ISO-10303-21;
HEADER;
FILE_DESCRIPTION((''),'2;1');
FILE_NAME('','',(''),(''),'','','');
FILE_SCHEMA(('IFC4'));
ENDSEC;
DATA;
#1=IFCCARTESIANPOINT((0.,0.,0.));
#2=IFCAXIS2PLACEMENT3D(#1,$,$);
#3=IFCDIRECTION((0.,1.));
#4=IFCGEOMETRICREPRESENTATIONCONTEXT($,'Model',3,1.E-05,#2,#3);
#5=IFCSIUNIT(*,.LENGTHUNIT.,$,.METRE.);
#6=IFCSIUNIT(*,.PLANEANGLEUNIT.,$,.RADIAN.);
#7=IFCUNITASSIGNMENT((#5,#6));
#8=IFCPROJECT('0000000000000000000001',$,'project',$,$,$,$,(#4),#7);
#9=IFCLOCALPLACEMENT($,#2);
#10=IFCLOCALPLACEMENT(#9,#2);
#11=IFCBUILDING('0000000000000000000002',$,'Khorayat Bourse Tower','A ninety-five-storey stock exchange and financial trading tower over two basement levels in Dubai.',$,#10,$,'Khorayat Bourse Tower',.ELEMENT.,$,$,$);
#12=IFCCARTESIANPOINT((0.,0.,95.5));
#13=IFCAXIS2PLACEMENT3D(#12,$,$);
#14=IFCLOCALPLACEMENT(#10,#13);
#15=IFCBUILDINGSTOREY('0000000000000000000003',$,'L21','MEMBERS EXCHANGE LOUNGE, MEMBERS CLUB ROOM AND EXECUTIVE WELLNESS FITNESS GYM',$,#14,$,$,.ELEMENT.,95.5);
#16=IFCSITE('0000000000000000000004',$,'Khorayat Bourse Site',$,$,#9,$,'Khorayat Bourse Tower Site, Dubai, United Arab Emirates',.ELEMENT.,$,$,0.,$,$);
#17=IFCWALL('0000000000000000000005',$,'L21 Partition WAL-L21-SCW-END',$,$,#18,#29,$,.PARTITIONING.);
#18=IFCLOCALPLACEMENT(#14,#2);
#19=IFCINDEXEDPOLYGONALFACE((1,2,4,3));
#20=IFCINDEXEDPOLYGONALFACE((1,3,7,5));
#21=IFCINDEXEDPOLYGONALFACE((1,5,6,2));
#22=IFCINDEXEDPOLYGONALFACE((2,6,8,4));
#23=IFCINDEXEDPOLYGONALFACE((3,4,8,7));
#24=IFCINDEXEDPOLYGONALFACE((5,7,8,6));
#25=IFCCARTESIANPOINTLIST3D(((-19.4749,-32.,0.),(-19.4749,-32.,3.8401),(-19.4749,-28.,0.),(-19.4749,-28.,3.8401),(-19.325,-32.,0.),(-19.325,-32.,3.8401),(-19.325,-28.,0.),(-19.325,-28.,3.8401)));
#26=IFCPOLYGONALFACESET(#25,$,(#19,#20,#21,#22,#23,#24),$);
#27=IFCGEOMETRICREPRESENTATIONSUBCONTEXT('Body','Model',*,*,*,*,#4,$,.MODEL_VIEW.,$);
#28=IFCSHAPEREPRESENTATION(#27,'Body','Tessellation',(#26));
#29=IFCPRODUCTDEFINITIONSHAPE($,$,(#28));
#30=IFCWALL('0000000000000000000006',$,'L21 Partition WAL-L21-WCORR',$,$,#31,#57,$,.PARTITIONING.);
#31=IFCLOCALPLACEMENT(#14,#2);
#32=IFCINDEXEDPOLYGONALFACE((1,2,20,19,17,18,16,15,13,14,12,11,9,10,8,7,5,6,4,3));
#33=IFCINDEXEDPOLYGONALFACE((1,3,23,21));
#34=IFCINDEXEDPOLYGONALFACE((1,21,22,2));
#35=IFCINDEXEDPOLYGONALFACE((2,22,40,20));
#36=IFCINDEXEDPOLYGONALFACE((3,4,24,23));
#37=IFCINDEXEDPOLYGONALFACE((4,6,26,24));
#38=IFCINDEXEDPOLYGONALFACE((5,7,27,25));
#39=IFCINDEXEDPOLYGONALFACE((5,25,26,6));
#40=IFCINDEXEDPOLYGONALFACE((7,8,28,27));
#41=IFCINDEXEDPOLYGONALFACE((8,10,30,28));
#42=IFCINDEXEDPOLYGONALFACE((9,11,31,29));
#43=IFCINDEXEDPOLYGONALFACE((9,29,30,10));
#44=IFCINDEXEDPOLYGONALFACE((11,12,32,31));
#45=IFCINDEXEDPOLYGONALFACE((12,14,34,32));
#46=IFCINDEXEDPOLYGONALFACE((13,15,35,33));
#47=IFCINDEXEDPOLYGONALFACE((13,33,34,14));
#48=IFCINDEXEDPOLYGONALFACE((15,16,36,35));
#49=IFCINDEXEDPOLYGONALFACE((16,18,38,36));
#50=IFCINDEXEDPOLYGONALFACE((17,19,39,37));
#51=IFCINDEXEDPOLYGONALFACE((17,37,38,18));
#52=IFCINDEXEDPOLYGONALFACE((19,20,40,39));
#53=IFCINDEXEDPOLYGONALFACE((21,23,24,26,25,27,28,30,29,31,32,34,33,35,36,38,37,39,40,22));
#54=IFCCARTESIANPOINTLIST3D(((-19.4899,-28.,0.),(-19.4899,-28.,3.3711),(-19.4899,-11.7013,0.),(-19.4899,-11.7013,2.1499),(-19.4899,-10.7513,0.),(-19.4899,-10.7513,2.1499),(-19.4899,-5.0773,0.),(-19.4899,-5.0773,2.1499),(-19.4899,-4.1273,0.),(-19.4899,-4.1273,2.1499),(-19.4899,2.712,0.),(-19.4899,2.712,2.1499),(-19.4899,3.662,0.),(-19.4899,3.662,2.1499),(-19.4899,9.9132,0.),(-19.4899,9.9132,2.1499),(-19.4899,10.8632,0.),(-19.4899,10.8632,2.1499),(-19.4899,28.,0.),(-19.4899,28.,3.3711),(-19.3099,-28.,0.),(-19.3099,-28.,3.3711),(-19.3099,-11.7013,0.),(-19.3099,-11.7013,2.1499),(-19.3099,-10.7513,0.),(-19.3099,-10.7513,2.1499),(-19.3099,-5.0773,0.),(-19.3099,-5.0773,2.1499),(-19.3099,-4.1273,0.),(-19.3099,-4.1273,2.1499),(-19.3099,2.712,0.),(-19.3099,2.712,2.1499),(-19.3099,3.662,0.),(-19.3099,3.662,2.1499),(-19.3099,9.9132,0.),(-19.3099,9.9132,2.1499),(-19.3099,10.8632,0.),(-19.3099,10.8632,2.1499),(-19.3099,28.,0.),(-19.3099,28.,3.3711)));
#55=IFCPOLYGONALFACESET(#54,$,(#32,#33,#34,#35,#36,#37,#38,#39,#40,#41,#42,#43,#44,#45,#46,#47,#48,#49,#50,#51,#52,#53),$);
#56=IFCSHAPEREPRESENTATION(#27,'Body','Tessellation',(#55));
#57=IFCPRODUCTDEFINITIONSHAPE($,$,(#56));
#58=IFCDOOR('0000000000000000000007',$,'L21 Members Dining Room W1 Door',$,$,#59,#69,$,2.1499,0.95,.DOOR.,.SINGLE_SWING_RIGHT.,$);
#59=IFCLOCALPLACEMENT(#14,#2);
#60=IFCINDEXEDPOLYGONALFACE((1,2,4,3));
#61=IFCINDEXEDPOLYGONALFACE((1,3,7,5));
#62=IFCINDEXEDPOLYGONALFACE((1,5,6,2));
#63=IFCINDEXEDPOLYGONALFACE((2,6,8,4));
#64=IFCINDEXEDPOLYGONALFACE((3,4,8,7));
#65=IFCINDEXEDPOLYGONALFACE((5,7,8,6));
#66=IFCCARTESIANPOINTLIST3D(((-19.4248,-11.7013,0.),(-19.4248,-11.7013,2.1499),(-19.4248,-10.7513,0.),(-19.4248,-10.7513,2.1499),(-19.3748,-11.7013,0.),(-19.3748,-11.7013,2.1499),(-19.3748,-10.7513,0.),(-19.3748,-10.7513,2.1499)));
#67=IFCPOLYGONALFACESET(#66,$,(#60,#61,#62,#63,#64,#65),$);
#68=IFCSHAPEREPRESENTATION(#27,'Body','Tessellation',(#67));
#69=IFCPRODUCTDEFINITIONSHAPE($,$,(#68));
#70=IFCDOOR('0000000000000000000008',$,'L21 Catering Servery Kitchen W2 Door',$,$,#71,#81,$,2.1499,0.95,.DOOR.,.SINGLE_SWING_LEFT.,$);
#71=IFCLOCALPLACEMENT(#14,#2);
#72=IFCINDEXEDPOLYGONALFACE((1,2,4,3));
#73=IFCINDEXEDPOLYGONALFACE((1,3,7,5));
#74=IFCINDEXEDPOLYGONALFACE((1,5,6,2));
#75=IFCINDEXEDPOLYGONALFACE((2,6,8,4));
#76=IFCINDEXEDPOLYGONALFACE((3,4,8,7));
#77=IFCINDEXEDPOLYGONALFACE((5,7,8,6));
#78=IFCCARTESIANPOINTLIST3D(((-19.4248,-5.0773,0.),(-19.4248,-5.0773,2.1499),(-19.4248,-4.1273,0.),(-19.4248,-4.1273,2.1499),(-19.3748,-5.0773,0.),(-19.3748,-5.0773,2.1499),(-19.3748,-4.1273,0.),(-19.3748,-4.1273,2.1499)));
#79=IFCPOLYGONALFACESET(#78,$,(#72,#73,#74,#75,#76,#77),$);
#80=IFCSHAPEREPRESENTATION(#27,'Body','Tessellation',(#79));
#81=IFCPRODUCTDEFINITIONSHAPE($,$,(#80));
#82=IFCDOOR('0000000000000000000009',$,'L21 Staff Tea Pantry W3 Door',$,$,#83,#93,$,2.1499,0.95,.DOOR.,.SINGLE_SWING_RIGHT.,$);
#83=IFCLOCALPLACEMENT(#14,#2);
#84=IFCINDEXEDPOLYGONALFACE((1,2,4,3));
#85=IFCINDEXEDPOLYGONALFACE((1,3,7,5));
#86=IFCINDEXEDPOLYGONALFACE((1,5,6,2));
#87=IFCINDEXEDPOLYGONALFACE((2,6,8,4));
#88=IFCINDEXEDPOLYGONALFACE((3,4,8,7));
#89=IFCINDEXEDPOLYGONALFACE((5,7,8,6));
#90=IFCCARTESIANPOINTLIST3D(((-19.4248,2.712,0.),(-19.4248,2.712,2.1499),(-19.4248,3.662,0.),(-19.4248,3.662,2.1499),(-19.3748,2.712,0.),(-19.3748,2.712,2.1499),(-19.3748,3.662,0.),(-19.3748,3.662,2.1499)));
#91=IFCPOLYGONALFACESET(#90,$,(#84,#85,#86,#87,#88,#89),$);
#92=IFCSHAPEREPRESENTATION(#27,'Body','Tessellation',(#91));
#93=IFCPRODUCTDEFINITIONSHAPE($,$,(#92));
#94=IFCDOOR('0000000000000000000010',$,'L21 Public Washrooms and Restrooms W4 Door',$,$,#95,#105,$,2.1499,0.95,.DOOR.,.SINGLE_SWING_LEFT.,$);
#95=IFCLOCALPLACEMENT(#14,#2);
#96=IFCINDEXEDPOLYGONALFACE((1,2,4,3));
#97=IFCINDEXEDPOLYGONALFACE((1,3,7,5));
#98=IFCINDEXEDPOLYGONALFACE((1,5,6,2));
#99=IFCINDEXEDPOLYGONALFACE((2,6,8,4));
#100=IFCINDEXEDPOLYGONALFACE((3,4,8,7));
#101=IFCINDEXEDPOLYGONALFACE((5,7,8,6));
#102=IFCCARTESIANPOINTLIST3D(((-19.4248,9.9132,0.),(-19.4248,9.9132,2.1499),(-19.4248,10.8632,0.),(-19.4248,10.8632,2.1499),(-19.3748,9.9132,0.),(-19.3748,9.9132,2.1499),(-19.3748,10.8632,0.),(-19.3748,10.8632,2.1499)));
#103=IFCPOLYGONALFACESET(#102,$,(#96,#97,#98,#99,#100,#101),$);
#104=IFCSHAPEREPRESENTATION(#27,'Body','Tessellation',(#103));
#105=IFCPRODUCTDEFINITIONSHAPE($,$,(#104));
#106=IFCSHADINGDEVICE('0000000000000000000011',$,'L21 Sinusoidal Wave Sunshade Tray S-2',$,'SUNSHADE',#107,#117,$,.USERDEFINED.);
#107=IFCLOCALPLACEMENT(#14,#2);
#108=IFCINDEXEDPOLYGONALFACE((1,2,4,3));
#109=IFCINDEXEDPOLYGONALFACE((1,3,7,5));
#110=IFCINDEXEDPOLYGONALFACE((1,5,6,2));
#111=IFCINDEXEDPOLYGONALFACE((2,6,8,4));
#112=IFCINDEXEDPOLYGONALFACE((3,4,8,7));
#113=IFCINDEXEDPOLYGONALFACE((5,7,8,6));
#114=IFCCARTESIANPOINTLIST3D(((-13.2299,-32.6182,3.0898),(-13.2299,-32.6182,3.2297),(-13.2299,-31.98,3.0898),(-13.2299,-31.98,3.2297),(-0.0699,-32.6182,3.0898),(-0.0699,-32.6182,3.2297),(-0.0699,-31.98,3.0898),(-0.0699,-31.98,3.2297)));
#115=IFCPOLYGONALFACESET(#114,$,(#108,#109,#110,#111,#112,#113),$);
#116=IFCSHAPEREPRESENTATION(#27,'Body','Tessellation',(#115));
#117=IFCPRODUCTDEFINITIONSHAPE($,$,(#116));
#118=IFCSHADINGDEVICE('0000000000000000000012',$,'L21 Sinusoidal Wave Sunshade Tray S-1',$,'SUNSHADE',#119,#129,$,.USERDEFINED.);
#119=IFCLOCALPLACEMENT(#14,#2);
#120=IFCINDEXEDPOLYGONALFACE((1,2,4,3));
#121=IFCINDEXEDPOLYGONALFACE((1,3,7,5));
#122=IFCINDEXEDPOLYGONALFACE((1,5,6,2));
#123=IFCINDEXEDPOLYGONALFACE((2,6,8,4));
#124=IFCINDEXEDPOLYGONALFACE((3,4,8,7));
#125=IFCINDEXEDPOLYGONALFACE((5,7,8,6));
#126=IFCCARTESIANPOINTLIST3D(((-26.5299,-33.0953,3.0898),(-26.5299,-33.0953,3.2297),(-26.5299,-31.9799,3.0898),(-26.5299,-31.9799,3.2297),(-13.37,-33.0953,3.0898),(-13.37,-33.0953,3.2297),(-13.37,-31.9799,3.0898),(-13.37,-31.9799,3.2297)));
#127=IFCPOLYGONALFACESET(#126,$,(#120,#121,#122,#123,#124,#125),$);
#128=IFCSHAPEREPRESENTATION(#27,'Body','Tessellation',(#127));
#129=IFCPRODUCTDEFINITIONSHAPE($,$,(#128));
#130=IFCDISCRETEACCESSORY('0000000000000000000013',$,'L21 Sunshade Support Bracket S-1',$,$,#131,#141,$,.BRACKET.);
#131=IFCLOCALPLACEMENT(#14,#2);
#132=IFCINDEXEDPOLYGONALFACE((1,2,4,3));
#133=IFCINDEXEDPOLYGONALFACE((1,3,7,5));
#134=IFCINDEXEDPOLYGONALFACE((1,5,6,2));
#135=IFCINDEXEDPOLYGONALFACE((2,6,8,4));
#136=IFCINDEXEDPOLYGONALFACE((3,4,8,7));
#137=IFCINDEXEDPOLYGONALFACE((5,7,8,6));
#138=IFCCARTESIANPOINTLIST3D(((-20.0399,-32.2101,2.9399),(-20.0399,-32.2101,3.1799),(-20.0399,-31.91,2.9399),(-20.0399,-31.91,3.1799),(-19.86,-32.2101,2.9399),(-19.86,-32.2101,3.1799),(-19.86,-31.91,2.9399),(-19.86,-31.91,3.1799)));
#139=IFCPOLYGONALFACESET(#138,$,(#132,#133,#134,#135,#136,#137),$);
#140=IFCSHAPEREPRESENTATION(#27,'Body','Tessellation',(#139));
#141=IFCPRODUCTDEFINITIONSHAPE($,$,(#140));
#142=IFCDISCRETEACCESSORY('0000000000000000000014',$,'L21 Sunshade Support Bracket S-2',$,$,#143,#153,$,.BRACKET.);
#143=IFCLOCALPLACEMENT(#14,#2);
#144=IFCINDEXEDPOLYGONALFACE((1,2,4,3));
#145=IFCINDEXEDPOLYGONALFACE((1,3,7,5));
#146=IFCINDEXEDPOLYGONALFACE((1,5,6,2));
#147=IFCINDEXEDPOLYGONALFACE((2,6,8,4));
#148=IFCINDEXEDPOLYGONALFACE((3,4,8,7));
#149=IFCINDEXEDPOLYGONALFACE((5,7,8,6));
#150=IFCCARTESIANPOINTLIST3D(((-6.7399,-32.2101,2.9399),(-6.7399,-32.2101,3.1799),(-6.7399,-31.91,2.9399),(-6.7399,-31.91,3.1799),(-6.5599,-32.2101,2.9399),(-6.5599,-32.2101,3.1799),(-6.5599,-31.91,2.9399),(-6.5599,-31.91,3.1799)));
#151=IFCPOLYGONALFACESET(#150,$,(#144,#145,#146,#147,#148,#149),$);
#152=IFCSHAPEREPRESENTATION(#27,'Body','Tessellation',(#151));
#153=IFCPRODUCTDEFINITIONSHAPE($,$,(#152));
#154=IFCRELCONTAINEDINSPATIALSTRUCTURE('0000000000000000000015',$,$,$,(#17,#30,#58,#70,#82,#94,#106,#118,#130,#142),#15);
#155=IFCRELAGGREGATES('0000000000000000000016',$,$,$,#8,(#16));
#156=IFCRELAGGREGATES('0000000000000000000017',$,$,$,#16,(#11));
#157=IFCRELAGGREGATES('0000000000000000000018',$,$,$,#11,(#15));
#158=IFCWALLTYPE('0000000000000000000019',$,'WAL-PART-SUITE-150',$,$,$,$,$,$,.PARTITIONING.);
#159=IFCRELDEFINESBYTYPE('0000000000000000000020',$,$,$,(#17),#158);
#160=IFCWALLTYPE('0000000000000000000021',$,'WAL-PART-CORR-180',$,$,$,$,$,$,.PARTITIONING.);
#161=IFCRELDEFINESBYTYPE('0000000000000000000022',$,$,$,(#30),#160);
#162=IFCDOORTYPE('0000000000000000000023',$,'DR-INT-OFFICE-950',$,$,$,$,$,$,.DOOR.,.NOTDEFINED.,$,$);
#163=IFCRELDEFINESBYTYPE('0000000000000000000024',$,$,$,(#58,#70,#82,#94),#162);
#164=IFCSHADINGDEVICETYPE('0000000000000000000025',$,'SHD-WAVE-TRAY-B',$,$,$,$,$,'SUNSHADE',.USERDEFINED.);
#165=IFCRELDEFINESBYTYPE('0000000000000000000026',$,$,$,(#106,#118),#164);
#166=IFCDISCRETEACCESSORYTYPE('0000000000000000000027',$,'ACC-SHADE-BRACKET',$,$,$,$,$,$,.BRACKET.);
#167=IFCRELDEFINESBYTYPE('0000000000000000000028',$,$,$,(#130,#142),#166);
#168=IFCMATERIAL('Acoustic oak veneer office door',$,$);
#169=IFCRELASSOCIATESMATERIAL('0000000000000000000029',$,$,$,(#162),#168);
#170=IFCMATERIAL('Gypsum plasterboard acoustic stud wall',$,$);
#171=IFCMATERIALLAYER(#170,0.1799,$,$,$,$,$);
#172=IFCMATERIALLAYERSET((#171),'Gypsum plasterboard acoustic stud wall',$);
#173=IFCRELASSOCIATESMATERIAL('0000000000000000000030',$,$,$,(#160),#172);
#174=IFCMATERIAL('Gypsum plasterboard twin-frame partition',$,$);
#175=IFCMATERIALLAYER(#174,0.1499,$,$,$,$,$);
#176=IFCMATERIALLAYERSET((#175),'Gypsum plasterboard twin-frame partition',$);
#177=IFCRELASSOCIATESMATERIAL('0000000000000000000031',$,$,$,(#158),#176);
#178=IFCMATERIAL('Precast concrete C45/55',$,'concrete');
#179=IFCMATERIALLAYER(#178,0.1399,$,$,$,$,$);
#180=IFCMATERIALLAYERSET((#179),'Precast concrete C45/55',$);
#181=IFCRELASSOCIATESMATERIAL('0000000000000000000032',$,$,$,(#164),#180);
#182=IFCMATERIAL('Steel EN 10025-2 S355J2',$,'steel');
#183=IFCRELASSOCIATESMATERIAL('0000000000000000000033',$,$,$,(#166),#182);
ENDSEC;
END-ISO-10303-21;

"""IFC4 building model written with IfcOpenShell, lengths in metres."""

from ifc_helpers import new_model, si_unit, direction, frame, frame_2d, origin, origin_2d, place, context, subcontext, project, spatial, rectangle, extrude, source, transform, mapped, material, layer, layer_set, type_object, element, fill, save


model = new_model("IFC4")

# Units and contexts
model_context = context("Model", 3, precision=1e-05, world=origin(), true_north=direction((0.0, 1.0)))
body_context = subcontext(model_context, "Body", "Model", "MODEL_VIEW")
ifc_project = project(units=[si_unit("LENGTHUNIT", "METRE"), si_unit("PLANEANGLEUNIT", "RADIAN")], contexts=[model_context])

# Site, building, storey
site_placement = place(None, origin())
site = spatial("IfcSite", under=ifc_project, at=site_placement, Name="Khorayat Bourse Site", LongName="Khorayat Bourse Tower Site, Dubai, United Arab Emirates", CompositionType="ELEMENT", RefElevation=0.0)
building_placement = place(site_placement, origin())
building = spatial("IfcBuilding", under=site, at=building_placement, Name="Khorayat Bourse Tower", Description="A ninety-five-storey stock exchange and financial trading tower over two basement levels in Dubai.", LongName="Khorayat Bourse Tower", CompositionType="ELEMENT")
storey_placement = place(building_placement, frame((0.0, 0.0, 95.5)))
storey = spatial("IfcBuildingStorey", under=building, at=storey_placement, Name="L21", Description="MEMBERS EXCHANGE LOUNGE, MEMBERS CLUB ROOM AND EXECUTIVE WELLNESS FITNESS GYM", CompositionType="ELEMENT", Elevation=95.5)

# Shared definitions
ifc_material_1 = material(Name="Steel EN 10025-2 S355J2", Category="steel")

# Shared definitions
ifc_material_2 = material(Name="Acoustic oak veneer office door")
door_type_1 = type_object("IfcDoorType", Name="DR-INT-OFFICE-950", OperationType="NOTDEFINED", PredefinedType="DOOR", material=ifc_material_2)
shared_shape_1 = source(origin(), body_context, "Body", "SweptSolid", [
    extrude(rectangle(XDim=0.95, YDim=2.1499, at=frame_2d((0.4751, 1.075))), frame((0.0, 0.0249, 0.0), z_axis=(0.0, -1.0, 0.0), x_axis=(1.0, 0.0, 0.0)), (0.0, 0.0, 1.0), 0.05),
])
ifc_material_3 = material(Name="Gypsum plasterboard acoustic stud wall")
ifc_layer_1 = layer(ifc_material_3, 0.1799)
ifc_layer_set_1 = layer_set([ifc_layer_1], Name="Gypsum plasterboard acoustic stud wall")
wall_type_1 = type_object("IfcWallType", Name="WAL-PART-CORR-180", PredefinedType="PARTITIONING", material=ifc_layer_set_1)

# Wall
ifc_material_4 = material(Name="Gypsum plasterboard twin-frame partition")
ifc_layer_2 = layer(ifc_material_4, 0.1499)
ifc_layer_set_2 = layer_set([ifc_layer_2], Name="Gypsum plasterboard twin-frame partition")
wall_type_2 = type_object("IfcWallType", Name="WAL-PART-SUITE-150", PredefinedType="PARTITIONING", material=ifc_layer_set_2)
shared_shape_2 = source(origin(), body_context, "Body", "SweptSolid", [
    extrude(rectangle(XDim=4.0, YDim=0.1499, at=frame_2d((2.0, 0.0))), origin(), (0.0, 0.0, 1.0), 3.8401),
])
wall_1_placement = place(storey_placement, frame((-19.3999, -32.0, 0.0), z_axis=(0.0, 0.0, 1.0), x_axis=(0.0, 1.0, 0.0)))
element("IfcWall", 1, at=wall_1_placement, inside=storey, type_object=wall_type_2, Name="L21 Partition WAL-L21-SCW-END", PredefinedType="PARTITIONING", context=body_context, shape_type="MappedRepresentation", body=[
    mapped(shared_shape_2, transform((0.0, 0.0, 0.0), scale=1.0)),
])

# Wall, openings, doors
shared_shape_3 = source(origin(), body_context, "Body", "SweptSolid", [
    extrude(rectangle(XDim=56.0, YDim=0.1799, at=frame_2d((28.0, 0.0))), origin(), (0.0, 0.0, 1.0), 3.3711),
])
wall_2_placement = place(storey_placement, frame((-19.3999, -28.0, 0.0), z_axis=(0.0, 0.0, 1.0), x_axis=(0.0, 1.0, 0.0)))
wall_2 = element("IfcWall", 2, at=wall_2_placement, inside=storey, type_object=wall_type_1, Name="L21 Partition WAL-L21-WCORR", PredefinedType="PARTITIONING", context=body_context, shape_type="MappedRepresentation", body=[
    mapped(shared_shape_3, transform((0.0, 0.0, 0.0), scale=1.0)),
])
shared_shape_4 = source(origin(), body_context, "Body", "SweptSolid", [
    extrude(rectangle(XDim=0.95, YDim=2.1499, at=frame_2d((0.4751, 1.075))), frame((0.0, 0.0999, 0.0), z_axis=(0.0, -1.0, 0.0), x_axis=(1.0, 0.0, 0.0)), (0.0, 0.0, 1.0), 0.2),
])
opening_1_placement = place(wall_2_placement, frame((16.2986, 0.0, 0.0)))
opening_1 = element("IfcOpeningElement", 3, at=opening_1_placement, cuts=wall_2, PredefinedType="OPENING", context=body_context, shape_type="MappedRepresentation", body=[
    mapped(shared_shape_4, transform((0.0, 0.0, 0.0), scale=1.0)),
])
opening_2_placement = place(wall_2_placement, frame((22.9226, 0.0, 0.0)))
opening_2 = element("IfcOpeningElement", 4, at=opening_2_placement, cuts=wall_2, PredefinedType="OPENING", context=body_context, shape_type="MappedRepresentation", body=[
    mapped(shared_shape_4, transform((0.0, 0.0, 0.0), scale=1.0)),
])
opening_3_placement = place(wall_2_placement, frame((30.7119, 0.0, 0.0)))
opening_3 = element("IfcOpeningElement", 5, at=opening_3_placement, cuts=wall_2, PredefinedType="OPENING", context=body_context, shape_type="MappedRepresentation", body=[
    mapped(shared_shape_4, transform((0.0, 0.0, 0.0), scale=1.0)),
])
opening_4_placement = place(wall_2_placement, frame((37.9131, 0.0, 0.0)))
opening_4 = element("IfcOpeningElement", 6, at=opening_4_placement, cuts=wall_2, PredefinedType="OPENING", context=body_context, shape_type="MappedRepresentation", body=[
    mapped(shared_shape_4, transform((0.0, 0.0, 0.0), scale=1.0)),
])
door_1_placement = place(opening_1_placement, origin())
door_1 = element("IfcDoor", 7, at=door_1_placement, inside=storey, type_object=door_type_1, Name="L21 Members Dining Room W1 Door", OperationType="SINGLE_SWING_RIGHT", OverallHeight=2.1499, OverallWidth=0.95, PredefinedType="DOOR", context=body_context, shape_type="MappedRepresentation", body=[
    mapped(shared_shape_1, transform((0.0, 0.0, 0.0), scale=1.0)),
])
fill(opening_1, door_1)
door_2_placement = place(opening_2_placement, origin())
door_2 = element("IfcDoor", 8, at=door_2_placement, inside=storey, type_object=door_type_1, Name="L21 Catering Servery Kitchen W2 Door", OperationType="SINGLE_SWING_LEFT", OverallHeight=2.1499, OverallWidth=0.95, PredefinedType="DOOR", context=body_context, shape_type="MappedRepresentation", body=[
    mapped(shared_shape_1, transform((0.0, 0.0, 0.0), scale=1.0)),
])
fill(opening_2, door_2)
door_3_placement = place(opening_3_placement, origin())
door_3 = element("IfcDoor", 9, at=door_3_placement, inside=storey, type_object=door_type_1, Name="L21 Staff Tea Pantry W3 Door", OperationType="SINGLE_SWING_RIGHT", OverallHeight=2.1499, OverallWidth=0.95, PredefinedType="DOOR", context=body_context, shape_type="MappedRepresentation", body=[
    mapped(shared_shape_1, transform((0.0, 0.0, 0.0), scale=1.0)),
])
fill(opening_3, door_3)
door_4_placement = place(opening_4_placement, origin())
door_4 = element("IfcDoor", 10, at=door_4_placement, inside=storey, type_object=door_type_1, Name="L21 Public Washrooms and Restrooms W4 Door", OperationType="SINGLE_SWING_LEFT", OverallHeight=2.1499, OverallWidth=0.95, PredefinedType="DOOR", context=body_context, shape_type="MappedRepresentation", body=[
    mapped(shared_shape_1, transform((0.0, 0.0, 0.0), scale=1.0)),
])
fill(opening_4, door_4)

# Shading devices
ifc_material_5 = material(Name="Precast concrete C45/55", Category="concrete")
ifc_layer_3 = layer(ifc_material_5, 0.1399)
ifc_layer_set_3 = layer_set([ifc_layer_3], Name="Precast concrete C45/55")
shading_device_type = type_object("IfcShadingDeviceType", Name="SHD-WAVE-TRAY-B", ElementType="SUNSHADE", PredefinedType="USERDEFINED", material=ifc_layer_set_3)
shared_shape_5 = source(origin(), body_context, "Body", "SweptSolid", [
    extrude(rectangle(XDim=13.1599, YDim=0.6382, at=origin_2d()), origin(), (0.0, 0.0, 1.0), 0.1399),
])
shading_device_1_placement = place(storey_placement, frame((-6.6499, -32.2991, 3.0898), z_axis=(0.0, 0.0, 1.0), x_axis=(1.0, 0.0, 0.0)))
element("IfcShadingDevice", 11, at=shading_device_1_placement, inside=storey, type_object=shading_device_type, Name="L21 Sinusoidal Wave Sunshade Tray S-2", ObjectType="SUNSHADE", PredefinedType="USERDEFINED", context=body_context, shape_type="MappedRepresentation", body=[
    mapped(shared_shape_5, transform((0.0, 0.0, 0.0), scale=1.0)),
])
shared_shape_6 = source(origin(), body_context, "Body", "SweptSolid", [
    extrude(rectangle(XDim=13.1599, YDim=1.1155, at=origin_2d()), origin(), (0.0, 0.0, 1.0), 0.1399),
])
shading_device_2_placement = place(storey_placement, frame((-19.95, -32.5376, 3.0898), z_axis=(0.0, 0.0, 1.0), x_axis=(1.0, 0.0, 0.0)))
element("IfcShadingDevice", 12, at=shading_device_2_placement, inside=storey, type_object=shading_device_type, Name="L21 Sinusoidal Wave Sunshade Tray S-1", ObjectType="SUNSHADE", PredefinedType="USERDEFINED", context=body_context, shape_type="MappedRepresentation", body=[
    mapped(shared_shape_6, transform((0.0, 0.0, 0.0), scale=1.0)),
])

# Discrete accessories
discrete_accessory_type = type_object("IfcDiscreteAccessoryType", Name="ACC-SHADE-BRACKET", PredefinedType="BRACKET", material=ifc_material_1)
shared_shape_7 = source(origin(), body_context, "Body", "SweptSolid", [
    extrude(rectangle(XDim=0.1799, YDim=0.3, at=origin_2d()), origin(), (0.0, 0.0, 1.0), 0.24),
])
for number, where, z_axis, x_axis, name in (
    (13, (-19.95, -32.0601, 2.9399), (0.0, 0.0, 1.0), (1.0, 0.0, 0.0), "L21 Sunshade Support Bracket S-1"),
    (14, (-6.6499, -32.0601, 2.9399), (0.0, 0.0, 1.0), (1.0, 0.0, 0.0), "L21 Sunshade Support Bracket S-2"),
):
    element("IfcDiscreteAccessory", number, at=place(storey_placement, frame(where, z_axis=z_axis, x_axis=x_axis)), inside=storey, type_object=discrete_accessory_type, Name=name, PredefinedType="BRACKET", context=body_context, shape_type="MappedRepresentation", body=[
        mapped(shared_shape_7, transform((0.0, 0.0, 0.0), scale=1.0)),
    ])

save(model, "model.ifc")
